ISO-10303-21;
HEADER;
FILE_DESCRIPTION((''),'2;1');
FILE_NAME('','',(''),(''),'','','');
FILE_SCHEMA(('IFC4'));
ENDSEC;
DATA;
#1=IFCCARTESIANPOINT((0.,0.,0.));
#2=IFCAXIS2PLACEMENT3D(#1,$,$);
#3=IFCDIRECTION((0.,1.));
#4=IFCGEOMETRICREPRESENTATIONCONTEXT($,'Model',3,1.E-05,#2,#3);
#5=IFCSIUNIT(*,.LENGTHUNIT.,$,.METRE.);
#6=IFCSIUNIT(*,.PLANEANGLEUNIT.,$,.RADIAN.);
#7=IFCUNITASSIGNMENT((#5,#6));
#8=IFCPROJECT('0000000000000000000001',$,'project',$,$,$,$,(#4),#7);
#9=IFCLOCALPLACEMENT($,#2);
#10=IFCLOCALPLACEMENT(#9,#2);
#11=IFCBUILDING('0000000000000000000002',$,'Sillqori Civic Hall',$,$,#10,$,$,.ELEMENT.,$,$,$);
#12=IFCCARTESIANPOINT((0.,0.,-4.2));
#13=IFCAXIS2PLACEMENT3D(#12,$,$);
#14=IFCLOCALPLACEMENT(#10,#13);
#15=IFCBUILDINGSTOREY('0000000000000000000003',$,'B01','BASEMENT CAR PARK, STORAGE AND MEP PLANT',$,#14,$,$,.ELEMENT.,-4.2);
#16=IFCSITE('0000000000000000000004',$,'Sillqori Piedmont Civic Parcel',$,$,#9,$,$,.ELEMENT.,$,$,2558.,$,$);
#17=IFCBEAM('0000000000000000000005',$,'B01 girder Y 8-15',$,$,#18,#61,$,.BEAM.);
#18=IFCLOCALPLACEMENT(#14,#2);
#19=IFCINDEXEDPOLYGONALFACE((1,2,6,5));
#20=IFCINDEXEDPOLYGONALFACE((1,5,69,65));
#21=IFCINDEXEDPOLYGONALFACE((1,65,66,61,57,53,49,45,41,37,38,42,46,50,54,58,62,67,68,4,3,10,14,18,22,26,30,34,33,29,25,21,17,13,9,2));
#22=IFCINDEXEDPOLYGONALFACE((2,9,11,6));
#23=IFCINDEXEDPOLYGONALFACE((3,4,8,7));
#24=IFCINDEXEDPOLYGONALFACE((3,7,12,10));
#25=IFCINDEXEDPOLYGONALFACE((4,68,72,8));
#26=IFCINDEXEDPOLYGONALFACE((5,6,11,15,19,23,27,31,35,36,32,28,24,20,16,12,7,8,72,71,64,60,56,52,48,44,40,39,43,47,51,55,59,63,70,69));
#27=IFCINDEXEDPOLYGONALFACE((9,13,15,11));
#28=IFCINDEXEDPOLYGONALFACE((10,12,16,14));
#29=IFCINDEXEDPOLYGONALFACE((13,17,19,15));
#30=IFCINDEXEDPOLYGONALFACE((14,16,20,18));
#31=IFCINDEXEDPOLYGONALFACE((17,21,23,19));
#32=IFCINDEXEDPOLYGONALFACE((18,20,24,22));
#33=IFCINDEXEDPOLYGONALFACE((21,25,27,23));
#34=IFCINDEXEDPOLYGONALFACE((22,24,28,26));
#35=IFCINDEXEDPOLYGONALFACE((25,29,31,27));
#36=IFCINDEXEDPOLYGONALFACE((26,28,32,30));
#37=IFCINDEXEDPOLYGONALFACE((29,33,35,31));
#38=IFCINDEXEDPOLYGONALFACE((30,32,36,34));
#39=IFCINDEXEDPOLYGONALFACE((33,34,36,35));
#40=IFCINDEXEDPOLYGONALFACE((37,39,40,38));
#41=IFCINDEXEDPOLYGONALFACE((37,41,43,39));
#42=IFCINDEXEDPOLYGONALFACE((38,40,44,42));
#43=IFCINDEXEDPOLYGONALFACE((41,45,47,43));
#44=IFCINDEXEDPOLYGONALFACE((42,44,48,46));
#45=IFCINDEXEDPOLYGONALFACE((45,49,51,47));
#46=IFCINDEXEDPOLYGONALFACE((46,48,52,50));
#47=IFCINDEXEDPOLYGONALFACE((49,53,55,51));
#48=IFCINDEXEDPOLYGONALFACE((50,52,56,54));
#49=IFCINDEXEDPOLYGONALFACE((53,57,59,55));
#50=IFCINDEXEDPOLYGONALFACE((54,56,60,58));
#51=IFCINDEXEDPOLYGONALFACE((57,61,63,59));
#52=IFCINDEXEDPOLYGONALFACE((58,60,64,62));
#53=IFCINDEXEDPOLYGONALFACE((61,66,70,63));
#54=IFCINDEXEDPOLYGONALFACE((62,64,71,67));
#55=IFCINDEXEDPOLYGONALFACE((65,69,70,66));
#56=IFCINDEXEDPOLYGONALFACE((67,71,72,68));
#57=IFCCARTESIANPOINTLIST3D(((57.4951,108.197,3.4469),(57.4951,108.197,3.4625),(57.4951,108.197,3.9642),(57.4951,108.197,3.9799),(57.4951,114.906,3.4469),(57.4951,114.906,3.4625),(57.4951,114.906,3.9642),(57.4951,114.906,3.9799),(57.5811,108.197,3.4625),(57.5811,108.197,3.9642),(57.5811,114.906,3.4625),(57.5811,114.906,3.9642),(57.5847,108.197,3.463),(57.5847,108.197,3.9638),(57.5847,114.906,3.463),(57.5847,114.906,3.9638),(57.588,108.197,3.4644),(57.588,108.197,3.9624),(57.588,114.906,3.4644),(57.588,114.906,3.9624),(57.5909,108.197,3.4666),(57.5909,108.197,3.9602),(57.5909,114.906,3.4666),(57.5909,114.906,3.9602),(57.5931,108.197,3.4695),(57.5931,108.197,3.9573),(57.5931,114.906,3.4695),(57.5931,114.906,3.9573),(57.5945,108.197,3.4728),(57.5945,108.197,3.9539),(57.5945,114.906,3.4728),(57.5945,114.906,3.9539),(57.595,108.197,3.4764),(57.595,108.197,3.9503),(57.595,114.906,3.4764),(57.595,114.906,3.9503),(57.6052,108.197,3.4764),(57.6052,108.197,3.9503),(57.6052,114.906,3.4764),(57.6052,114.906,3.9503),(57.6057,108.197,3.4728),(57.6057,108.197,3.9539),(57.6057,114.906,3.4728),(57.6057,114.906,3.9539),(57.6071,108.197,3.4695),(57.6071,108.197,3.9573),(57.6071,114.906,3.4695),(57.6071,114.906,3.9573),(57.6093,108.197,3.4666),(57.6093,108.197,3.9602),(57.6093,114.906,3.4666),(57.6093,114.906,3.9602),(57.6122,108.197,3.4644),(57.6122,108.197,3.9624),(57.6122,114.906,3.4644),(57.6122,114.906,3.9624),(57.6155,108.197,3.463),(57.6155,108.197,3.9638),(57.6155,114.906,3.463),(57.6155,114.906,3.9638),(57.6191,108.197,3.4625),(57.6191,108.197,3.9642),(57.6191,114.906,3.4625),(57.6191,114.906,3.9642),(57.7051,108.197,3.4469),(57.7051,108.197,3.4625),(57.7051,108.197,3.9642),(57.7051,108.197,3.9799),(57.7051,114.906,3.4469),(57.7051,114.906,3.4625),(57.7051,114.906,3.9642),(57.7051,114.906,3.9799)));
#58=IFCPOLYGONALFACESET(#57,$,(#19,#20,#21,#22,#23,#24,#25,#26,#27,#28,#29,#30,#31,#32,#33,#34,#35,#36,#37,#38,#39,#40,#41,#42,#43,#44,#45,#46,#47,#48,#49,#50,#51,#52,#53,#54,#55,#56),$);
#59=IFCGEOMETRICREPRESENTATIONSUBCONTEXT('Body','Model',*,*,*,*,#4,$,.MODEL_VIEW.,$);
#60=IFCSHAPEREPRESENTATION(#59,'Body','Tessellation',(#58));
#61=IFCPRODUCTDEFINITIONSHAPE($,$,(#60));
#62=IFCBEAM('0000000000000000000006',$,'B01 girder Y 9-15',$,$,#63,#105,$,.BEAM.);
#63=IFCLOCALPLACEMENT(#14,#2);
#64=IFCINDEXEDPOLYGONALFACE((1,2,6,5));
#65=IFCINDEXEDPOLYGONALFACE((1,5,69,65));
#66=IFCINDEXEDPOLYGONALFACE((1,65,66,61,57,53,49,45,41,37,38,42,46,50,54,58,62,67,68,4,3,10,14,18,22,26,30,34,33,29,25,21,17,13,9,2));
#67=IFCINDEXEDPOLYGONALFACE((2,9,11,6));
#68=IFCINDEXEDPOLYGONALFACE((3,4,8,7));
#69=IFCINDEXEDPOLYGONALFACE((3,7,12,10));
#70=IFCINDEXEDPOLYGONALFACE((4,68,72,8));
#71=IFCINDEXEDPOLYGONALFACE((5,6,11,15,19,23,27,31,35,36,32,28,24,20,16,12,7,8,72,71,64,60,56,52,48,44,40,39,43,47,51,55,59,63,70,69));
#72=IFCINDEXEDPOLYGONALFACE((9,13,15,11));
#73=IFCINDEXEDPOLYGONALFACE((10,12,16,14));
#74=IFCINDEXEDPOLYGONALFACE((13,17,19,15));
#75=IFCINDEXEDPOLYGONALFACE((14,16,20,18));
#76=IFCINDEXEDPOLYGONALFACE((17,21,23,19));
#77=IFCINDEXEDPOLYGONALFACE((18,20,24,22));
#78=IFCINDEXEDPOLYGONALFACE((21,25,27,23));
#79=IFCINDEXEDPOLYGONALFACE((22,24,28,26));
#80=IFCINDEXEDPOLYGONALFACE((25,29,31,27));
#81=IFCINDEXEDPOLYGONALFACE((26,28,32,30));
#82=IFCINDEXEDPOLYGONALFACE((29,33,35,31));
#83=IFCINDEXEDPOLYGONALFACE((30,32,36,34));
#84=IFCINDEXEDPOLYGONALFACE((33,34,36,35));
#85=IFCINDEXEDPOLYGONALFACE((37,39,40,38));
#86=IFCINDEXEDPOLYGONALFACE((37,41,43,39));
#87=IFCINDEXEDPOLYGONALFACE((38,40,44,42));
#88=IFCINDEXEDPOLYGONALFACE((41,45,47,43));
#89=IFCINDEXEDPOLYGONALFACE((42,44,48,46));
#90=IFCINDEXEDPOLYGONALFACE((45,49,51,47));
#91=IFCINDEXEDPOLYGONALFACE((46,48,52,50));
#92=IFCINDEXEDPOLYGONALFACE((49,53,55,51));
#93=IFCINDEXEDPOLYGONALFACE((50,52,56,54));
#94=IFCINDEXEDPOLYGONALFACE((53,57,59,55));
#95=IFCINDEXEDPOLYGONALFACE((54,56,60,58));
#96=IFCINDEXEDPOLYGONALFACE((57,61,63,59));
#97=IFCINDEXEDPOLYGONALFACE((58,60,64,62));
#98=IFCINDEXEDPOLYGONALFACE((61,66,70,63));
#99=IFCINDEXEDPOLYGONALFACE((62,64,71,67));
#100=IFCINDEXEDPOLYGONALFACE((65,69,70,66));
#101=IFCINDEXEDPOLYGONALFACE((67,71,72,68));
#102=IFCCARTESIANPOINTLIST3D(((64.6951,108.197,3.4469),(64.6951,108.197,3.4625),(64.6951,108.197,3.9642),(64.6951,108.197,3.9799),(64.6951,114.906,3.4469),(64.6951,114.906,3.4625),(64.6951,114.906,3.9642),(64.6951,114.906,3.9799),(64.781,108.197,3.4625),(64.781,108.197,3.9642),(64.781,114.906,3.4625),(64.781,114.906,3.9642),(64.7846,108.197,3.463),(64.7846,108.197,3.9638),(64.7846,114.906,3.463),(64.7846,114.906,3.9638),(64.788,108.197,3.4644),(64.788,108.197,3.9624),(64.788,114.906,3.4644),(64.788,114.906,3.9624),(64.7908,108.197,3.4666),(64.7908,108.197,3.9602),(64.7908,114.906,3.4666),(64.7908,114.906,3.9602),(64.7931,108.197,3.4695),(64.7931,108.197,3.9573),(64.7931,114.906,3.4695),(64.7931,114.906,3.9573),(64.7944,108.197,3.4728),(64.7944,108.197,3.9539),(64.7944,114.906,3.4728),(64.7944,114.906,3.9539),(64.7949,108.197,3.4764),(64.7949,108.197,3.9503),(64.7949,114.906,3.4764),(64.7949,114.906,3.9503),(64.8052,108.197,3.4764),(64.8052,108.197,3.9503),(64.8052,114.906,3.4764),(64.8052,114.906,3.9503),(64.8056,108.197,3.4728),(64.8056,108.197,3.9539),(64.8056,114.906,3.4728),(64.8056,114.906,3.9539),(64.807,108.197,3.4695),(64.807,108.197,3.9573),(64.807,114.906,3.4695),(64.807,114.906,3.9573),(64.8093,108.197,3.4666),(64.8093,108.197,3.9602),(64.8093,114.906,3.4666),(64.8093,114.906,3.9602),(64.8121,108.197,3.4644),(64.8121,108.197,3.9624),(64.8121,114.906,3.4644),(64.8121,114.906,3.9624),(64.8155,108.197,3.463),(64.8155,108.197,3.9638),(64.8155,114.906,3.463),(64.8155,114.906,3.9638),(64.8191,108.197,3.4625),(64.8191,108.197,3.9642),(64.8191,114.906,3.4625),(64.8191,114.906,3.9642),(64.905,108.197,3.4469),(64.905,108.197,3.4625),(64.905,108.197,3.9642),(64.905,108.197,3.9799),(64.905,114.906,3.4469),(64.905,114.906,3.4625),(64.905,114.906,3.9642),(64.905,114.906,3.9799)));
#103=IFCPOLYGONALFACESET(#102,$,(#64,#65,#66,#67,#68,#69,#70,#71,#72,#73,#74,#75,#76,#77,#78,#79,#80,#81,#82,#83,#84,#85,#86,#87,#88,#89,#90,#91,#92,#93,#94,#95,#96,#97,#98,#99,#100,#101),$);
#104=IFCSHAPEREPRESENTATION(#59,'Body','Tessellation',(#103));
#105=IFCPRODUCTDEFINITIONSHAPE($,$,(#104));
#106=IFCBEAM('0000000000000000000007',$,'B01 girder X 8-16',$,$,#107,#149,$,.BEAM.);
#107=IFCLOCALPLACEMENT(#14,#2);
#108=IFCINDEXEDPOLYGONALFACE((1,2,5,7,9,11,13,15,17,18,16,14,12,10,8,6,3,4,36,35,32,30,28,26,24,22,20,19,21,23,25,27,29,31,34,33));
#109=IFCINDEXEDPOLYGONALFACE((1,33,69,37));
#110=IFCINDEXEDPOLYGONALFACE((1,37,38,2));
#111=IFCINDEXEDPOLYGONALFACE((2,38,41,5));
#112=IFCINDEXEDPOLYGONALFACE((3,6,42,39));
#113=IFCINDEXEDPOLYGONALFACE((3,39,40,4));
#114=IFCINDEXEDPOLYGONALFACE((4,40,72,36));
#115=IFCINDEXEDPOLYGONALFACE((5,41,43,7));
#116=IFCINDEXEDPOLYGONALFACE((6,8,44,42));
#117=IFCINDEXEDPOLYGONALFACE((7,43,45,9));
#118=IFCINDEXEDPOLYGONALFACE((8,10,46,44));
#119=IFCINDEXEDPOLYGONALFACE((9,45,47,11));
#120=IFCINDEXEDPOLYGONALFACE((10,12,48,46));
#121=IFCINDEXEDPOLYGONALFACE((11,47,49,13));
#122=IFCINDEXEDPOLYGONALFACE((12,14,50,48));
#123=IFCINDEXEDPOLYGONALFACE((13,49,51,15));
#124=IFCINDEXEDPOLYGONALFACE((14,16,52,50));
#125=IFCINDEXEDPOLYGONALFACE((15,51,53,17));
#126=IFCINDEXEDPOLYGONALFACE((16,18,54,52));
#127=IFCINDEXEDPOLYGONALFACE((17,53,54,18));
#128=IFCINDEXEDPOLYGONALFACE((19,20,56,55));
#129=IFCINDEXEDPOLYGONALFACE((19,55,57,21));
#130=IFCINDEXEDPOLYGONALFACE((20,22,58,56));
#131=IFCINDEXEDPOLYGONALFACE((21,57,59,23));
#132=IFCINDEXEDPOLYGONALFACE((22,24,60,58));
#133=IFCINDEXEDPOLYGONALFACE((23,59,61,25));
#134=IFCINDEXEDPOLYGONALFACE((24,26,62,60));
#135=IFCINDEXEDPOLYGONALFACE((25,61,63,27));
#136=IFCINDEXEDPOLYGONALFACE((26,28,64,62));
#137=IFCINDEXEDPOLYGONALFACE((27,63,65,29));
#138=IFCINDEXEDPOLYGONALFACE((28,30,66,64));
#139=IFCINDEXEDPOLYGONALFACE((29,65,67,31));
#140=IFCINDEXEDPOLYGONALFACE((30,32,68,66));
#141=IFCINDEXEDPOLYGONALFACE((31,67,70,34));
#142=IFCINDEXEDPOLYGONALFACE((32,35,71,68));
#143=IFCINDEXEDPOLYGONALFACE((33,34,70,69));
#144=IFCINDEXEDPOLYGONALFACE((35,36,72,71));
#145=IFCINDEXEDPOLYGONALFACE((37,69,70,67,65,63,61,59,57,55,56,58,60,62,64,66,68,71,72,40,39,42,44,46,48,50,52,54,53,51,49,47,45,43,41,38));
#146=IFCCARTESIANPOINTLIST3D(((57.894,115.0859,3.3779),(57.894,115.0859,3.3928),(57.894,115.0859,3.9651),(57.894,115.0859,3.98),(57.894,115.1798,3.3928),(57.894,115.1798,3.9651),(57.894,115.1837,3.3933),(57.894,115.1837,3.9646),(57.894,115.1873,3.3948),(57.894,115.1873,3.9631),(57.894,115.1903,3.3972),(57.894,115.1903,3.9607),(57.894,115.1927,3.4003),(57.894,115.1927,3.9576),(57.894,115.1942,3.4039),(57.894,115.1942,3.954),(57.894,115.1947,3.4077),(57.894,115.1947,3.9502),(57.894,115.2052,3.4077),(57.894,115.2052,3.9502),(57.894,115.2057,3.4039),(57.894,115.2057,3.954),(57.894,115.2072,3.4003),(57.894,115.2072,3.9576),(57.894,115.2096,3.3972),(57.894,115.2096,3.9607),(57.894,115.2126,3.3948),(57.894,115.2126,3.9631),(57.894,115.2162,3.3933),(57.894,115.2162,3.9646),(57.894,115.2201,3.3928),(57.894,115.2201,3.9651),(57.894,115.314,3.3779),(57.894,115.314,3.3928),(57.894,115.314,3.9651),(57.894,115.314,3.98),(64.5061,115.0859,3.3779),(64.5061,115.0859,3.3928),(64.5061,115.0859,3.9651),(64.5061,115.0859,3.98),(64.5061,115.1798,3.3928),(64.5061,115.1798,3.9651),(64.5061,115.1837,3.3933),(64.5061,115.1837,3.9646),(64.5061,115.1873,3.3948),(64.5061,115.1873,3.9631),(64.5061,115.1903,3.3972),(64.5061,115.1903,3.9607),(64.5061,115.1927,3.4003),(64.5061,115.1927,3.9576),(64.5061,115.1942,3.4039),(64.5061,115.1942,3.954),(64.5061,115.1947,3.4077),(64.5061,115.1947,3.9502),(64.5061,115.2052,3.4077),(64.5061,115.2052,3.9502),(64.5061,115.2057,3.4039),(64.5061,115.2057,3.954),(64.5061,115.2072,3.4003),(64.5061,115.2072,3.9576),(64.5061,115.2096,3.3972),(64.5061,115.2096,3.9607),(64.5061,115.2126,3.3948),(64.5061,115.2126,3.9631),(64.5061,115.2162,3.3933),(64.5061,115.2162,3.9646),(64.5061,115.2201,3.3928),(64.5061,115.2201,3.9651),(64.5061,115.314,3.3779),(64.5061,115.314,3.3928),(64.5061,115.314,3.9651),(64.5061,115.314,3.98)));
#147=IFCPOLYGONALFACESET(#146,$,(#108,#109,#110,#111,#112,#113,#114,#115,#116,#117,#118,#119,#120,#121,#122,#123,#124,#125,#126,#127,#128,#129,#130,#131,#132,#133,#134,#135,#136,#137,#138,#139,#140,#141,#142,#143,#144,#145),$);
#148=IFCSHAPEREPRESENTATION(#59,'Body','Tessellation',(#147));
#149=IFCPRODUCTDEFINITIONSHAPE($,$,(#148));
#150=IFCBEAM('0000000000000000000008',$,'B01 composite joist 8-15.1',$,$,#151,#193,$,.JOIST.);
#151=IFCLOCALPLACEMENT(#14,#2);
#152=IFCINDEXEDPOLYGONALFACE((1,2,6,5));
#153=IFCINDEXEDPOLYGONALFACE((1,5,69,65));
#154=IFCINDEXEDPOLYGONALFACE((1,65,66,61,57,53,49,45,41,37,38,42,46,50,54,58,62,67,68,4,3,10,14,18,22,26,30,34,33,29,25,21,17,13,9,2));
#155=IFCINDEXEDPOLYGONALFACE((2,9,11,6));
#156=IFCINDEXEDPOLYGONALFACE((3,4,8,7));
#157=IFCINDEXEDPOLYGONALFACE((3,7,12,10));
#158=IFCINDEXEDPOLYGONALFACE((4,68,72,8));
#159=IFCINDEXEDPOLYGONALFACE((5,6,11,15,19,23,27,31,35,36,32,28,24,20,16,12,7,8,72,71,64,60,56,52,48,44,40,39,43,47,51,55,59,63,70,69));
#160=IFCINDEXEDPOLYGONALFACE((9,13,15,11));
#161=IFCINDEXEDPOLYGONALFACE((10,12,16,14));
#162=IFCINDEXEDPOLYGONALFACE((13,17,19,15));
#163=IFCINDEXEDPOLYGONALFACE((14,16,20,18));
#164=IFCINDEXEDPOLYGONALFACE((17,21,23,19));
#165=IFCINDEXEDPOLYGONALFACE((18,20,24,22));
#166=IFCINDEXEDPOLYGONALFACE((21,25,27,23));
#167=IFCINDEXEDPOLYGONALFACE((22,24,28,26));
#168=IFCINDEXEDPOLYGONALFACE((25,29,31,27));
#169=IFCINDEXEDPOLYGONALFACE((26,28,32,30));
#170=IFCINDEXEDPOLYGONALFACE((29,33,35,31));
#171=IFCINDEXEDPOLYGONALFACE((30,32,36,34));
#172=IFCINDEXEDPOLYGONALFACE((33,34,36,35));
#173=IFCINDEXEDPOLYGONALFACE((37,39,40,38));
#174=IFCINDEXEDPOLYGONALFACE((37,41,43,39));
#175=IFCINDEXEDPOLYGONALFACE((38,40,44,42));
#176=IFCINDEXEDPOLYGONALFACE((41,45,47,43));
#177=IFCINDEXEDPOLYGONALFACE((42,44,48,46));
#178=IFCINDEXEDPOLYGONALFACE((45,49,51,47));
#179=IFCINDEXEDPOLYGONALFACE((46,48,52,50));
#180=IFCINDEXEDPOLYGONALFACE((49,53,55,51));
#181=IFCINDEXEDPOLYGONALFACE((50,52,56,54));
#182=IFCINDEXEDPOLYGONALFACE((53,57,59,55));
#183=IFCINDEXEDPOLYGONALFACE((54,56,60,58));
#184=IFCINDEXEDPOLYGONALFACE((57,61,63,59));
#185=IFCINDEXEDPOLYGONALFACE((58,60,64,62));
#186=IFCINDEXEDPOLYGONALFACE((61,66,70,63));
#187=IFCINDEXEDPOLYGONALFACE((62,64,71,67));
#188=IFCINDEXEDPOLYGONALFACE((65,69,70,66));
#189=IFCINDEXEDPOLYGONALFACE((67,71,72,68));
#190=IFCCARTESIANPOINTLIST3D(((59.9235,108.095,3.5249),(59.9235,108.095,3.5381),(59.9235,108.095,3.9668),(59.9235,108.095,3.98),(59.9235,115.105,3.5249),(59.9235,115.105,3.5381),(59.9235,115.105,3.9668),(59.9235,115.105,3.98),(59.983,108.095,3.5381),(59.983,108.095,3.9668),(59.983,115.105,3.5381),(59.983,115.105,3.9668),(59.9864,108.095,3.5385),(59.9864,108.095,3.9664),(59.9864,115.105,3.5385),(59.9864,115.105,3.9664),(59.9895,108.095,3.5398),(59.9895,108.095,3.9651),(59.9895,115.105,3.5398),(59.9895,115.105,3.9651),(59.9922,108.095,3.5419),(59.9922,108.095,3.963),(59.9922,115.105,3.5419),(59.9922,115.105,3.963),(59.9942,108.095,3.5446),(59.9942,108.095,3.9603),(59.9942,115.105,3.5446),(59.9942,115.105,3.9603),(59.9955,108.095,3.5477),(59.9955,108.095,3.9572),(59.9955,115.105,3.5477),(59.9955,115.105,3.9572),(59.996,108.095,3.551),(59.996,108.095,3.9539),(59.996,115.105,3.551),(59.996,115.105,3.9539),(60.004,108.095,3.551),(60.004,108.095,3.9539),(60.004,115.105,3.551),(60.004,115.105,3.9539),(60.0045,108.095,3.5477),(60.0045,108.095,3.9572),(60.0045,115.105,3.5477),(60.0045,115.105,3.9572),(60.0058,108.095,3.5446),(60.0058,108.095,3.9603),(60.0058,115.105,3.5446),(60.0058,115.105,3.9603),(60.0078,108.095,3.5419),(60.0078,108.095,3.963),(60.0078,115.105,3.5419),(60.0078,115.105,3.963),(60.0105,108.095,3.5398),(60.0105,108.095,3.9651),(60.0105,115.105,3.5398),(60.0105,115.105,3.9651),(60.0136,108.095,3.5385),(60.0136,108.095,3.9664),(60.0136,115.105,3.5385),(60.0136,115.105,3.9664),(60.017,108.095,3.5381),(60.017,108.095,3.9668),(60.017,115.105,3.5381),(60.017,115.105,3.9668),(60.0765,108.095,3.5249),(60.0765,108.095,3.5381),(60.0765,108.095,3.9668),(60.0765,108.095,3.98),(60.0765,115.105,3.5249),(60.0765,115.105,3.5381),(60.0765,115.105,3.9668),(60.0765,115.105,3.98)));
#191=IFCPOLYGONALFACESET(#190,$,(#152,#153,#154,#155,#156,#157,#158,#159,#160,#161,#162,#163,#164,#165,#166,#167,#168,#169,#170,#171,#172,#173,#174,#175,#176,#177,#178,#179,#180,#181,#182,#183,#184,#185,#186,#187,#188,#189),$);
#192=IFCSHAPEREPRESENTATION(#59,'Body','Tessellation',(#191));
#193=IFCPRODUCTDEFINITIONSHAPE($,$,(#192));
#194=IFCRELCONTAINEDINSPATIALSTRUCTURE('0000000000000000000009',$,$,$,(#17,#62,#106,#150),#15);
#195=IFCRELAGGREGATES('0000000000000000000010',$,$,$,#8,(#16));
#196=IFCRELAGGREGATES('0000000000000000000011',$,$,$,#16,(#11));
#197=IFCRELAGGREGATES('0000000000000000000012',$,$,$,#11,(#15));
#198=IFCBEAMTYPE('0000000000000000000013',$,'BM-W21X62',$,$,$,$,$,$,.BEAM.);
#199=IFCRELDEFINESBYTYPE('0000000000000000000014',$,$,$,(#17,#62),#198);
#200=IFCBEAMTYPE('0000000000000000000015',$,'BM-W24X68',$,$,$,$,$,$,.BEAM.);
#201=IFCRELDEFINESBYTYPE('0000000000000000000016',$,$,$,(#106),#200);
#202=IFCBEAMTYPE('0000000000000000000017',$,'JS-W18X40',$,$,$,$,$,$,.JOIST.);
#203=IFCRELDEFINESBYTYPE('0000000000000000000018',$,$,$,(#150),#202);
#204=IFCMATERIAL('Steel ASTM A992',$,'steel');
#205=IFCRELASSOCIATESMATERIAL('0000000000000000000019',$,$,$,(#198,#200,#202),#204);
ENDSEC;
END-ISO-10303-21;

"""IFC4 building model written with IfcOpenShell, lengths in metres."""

from ifc_helpers import new_model, si_unit, direction, frame, origin, origin_2d, place, context, subcontext, project, spatial, i_section, extrude, material, material_profile, profile_set, type_object, element, save


model = new_model("IFC4")

# Units and contexts
model_context = context("Model", 3, precision=1e-05, world=origin(), true_north=direction((0.0, 1.0)))
body_context = subcontext(model_context, "Body", "Model", "MODEL_VIEW")
ifc_project = project(units=[si_unit("LENGTHUNIT", "METRE"), si_unit("PLANEANGLEUNIT", "RADIAN")], contexts=[model_context])

# Site, building, storey
site_placement = place(None, origin())
site = spatial("IfcSite", under=ifc_project, at=site_placement, Name="Sillqori Piedmont Civic Parcel", CompositionType="ELEMENT", RefElevation=2558.0)
building_placement = place(site_placement, origin())
building = spatial("IfcBuilding", under=site, at=building_placement, Name="Sillqori Civic Hall", CompositionType="ELEMENT")
storey_placement = place(building_placement, frame((0.0, 0.0, -4.2)))
storey = spatial("IfcBuildingStorey", under=building, at=storey_placement, Name="B01", Description="BASEMENT CAR PARK, STORAGE AND MEP PLANT", CompositionType="ELEMENT", Elevation=-4.2)

# Beams
ifc_material_1 = material(Name="Steel ASTM A992", Category="steel")
ifc_material_profile_1 = material_profile(ifc_material_1, i_section(OverallWidth=0.21, OverallDepth=0.533, WebThickness=0.0103, FlangeThickness=0.0156, FilletRadius=0.0139, at=origin_2d()), Name="W21X62")
ifc_profile_set_1 = profile_set([ifc_material_profile_1], Name="Steel ASTM A992")
beam_type_1 = type_object("IfcBeamType", Name="BM-W21X62", PredefinedType="BEAM", material=ifc_profile_set_1)
for number, where, z_axis, x_axis, name in (
    (1, (57.6001, 108.197, 3.7134), (0.0, 1.0, 0.0), (-1.0, 0.0, 0.0), "B01 girder Y 8-15"),
    (2, (64.8, 108.197, 3.7134), (0.0, 1.0, 0.0), (-1.0, 0.0, 0.0), "B01 girder Y 9-15"),
):
    element("IfcBeam", number, at=place(storey_placement, frame(where, z_axis=z_axis, x_axis=x_axis)), inside=storey, type_object=beam_type_1, Name=name, PredefinedType="BEAM", context=body_context, shape_type="SweptSolid", body=[
        extrude(i_section(OverallWidth=0.21, OverallDepth=0.533, WebThickness=0.0103, FlangeThickness=0.0156, FilletRadius=0.0139, at=origin_2d()), origin(), (0.0, 0.0, 1.0), 6.709),
    ])
ifc_material_profile_2 = material_profile(ifc_material_1, i_section(OverallWidth=0.228, OverallDepth=0.6021, WebThickness=0.0105, FlangeThickness=0.0149, FilletRadius=0.0149, at=origin_2d()), Name="W24X68")
ifc_profile_set_2 = profile_set([ifc_material_profile_2], Name="Steel ASTM A992")
beam_type_2 = type_object("IfcBeamType", Name="BM-W24X68", PredefinedType="BEAM", material=ifc_profile_set_2)
beam_placement = place(storey_placement, frame((57.894, 115.2, 3.679), z_axis=(1.0, 0.0, 0.0), x_axis=(0.0, 1.0, 0.0)))
element("IfcBeam", 3, at=beam_placement, inside=storey, type_object=beam_type_2, Name="B01 girder X 8-16", PredefinedType="BEAM", context=body_context, shape_type="SweptSolid", body=[
    extrude(i_section(OverallWidth=0.228, OverallDepth=0.6021, WebThickness=0.0105, FlangeThickness=0.0149, FilletRadius=0.0149, at=origin_2d()), origin(), (0.0, 0.0, 1.0), 6.6121),
])
ifc_material_profile_3 = material_profile(ifc_material_1, i_section(OverallWidth=0.1531, OverallDepth=0.4551, WebThickness=0.0081, FlangeThickness=0.0132, FilletRadius=0.0129, at=origin_2d()), Name="W18X40")
ifc_profile_set_3 = profile_set([ifc_material_profile_3], Name="Steel ASTM A992")
beam_type_3 = type_object("IfcBeamType", Name="JS-W18X40", PredefinedType="JOIST", material=ifc_profile_set_3)
for number, where, z_axis, x_axis, name in (
    (4, (60.0, 108.095, 3.7524), (0.0, 1.0, 0.0), (-1.0, 0.0, 0.0), "B01 composite joist 8-15.1"),
):
    element("IfcBeam", number, at=place(storey_placement, frame(where, z_axis=z_axis, x_axis=x_axis)), inside=storey, type_object=beam_type_3, Name=name, PredefinedType="JOIST", context=body_context, shape_type="SweptSolid", body=[
        extrude(i_section(OverallWidth=0.1531, OverallDepth=0.4551, WebThickness=0.0081, FlangeThickness=0.0132, FilletRadius=0.0129, at=origin_2d()), origin(), (0.0, 0.0, 1.0), 7.01),
    ])

save(model, "model.ifc")
